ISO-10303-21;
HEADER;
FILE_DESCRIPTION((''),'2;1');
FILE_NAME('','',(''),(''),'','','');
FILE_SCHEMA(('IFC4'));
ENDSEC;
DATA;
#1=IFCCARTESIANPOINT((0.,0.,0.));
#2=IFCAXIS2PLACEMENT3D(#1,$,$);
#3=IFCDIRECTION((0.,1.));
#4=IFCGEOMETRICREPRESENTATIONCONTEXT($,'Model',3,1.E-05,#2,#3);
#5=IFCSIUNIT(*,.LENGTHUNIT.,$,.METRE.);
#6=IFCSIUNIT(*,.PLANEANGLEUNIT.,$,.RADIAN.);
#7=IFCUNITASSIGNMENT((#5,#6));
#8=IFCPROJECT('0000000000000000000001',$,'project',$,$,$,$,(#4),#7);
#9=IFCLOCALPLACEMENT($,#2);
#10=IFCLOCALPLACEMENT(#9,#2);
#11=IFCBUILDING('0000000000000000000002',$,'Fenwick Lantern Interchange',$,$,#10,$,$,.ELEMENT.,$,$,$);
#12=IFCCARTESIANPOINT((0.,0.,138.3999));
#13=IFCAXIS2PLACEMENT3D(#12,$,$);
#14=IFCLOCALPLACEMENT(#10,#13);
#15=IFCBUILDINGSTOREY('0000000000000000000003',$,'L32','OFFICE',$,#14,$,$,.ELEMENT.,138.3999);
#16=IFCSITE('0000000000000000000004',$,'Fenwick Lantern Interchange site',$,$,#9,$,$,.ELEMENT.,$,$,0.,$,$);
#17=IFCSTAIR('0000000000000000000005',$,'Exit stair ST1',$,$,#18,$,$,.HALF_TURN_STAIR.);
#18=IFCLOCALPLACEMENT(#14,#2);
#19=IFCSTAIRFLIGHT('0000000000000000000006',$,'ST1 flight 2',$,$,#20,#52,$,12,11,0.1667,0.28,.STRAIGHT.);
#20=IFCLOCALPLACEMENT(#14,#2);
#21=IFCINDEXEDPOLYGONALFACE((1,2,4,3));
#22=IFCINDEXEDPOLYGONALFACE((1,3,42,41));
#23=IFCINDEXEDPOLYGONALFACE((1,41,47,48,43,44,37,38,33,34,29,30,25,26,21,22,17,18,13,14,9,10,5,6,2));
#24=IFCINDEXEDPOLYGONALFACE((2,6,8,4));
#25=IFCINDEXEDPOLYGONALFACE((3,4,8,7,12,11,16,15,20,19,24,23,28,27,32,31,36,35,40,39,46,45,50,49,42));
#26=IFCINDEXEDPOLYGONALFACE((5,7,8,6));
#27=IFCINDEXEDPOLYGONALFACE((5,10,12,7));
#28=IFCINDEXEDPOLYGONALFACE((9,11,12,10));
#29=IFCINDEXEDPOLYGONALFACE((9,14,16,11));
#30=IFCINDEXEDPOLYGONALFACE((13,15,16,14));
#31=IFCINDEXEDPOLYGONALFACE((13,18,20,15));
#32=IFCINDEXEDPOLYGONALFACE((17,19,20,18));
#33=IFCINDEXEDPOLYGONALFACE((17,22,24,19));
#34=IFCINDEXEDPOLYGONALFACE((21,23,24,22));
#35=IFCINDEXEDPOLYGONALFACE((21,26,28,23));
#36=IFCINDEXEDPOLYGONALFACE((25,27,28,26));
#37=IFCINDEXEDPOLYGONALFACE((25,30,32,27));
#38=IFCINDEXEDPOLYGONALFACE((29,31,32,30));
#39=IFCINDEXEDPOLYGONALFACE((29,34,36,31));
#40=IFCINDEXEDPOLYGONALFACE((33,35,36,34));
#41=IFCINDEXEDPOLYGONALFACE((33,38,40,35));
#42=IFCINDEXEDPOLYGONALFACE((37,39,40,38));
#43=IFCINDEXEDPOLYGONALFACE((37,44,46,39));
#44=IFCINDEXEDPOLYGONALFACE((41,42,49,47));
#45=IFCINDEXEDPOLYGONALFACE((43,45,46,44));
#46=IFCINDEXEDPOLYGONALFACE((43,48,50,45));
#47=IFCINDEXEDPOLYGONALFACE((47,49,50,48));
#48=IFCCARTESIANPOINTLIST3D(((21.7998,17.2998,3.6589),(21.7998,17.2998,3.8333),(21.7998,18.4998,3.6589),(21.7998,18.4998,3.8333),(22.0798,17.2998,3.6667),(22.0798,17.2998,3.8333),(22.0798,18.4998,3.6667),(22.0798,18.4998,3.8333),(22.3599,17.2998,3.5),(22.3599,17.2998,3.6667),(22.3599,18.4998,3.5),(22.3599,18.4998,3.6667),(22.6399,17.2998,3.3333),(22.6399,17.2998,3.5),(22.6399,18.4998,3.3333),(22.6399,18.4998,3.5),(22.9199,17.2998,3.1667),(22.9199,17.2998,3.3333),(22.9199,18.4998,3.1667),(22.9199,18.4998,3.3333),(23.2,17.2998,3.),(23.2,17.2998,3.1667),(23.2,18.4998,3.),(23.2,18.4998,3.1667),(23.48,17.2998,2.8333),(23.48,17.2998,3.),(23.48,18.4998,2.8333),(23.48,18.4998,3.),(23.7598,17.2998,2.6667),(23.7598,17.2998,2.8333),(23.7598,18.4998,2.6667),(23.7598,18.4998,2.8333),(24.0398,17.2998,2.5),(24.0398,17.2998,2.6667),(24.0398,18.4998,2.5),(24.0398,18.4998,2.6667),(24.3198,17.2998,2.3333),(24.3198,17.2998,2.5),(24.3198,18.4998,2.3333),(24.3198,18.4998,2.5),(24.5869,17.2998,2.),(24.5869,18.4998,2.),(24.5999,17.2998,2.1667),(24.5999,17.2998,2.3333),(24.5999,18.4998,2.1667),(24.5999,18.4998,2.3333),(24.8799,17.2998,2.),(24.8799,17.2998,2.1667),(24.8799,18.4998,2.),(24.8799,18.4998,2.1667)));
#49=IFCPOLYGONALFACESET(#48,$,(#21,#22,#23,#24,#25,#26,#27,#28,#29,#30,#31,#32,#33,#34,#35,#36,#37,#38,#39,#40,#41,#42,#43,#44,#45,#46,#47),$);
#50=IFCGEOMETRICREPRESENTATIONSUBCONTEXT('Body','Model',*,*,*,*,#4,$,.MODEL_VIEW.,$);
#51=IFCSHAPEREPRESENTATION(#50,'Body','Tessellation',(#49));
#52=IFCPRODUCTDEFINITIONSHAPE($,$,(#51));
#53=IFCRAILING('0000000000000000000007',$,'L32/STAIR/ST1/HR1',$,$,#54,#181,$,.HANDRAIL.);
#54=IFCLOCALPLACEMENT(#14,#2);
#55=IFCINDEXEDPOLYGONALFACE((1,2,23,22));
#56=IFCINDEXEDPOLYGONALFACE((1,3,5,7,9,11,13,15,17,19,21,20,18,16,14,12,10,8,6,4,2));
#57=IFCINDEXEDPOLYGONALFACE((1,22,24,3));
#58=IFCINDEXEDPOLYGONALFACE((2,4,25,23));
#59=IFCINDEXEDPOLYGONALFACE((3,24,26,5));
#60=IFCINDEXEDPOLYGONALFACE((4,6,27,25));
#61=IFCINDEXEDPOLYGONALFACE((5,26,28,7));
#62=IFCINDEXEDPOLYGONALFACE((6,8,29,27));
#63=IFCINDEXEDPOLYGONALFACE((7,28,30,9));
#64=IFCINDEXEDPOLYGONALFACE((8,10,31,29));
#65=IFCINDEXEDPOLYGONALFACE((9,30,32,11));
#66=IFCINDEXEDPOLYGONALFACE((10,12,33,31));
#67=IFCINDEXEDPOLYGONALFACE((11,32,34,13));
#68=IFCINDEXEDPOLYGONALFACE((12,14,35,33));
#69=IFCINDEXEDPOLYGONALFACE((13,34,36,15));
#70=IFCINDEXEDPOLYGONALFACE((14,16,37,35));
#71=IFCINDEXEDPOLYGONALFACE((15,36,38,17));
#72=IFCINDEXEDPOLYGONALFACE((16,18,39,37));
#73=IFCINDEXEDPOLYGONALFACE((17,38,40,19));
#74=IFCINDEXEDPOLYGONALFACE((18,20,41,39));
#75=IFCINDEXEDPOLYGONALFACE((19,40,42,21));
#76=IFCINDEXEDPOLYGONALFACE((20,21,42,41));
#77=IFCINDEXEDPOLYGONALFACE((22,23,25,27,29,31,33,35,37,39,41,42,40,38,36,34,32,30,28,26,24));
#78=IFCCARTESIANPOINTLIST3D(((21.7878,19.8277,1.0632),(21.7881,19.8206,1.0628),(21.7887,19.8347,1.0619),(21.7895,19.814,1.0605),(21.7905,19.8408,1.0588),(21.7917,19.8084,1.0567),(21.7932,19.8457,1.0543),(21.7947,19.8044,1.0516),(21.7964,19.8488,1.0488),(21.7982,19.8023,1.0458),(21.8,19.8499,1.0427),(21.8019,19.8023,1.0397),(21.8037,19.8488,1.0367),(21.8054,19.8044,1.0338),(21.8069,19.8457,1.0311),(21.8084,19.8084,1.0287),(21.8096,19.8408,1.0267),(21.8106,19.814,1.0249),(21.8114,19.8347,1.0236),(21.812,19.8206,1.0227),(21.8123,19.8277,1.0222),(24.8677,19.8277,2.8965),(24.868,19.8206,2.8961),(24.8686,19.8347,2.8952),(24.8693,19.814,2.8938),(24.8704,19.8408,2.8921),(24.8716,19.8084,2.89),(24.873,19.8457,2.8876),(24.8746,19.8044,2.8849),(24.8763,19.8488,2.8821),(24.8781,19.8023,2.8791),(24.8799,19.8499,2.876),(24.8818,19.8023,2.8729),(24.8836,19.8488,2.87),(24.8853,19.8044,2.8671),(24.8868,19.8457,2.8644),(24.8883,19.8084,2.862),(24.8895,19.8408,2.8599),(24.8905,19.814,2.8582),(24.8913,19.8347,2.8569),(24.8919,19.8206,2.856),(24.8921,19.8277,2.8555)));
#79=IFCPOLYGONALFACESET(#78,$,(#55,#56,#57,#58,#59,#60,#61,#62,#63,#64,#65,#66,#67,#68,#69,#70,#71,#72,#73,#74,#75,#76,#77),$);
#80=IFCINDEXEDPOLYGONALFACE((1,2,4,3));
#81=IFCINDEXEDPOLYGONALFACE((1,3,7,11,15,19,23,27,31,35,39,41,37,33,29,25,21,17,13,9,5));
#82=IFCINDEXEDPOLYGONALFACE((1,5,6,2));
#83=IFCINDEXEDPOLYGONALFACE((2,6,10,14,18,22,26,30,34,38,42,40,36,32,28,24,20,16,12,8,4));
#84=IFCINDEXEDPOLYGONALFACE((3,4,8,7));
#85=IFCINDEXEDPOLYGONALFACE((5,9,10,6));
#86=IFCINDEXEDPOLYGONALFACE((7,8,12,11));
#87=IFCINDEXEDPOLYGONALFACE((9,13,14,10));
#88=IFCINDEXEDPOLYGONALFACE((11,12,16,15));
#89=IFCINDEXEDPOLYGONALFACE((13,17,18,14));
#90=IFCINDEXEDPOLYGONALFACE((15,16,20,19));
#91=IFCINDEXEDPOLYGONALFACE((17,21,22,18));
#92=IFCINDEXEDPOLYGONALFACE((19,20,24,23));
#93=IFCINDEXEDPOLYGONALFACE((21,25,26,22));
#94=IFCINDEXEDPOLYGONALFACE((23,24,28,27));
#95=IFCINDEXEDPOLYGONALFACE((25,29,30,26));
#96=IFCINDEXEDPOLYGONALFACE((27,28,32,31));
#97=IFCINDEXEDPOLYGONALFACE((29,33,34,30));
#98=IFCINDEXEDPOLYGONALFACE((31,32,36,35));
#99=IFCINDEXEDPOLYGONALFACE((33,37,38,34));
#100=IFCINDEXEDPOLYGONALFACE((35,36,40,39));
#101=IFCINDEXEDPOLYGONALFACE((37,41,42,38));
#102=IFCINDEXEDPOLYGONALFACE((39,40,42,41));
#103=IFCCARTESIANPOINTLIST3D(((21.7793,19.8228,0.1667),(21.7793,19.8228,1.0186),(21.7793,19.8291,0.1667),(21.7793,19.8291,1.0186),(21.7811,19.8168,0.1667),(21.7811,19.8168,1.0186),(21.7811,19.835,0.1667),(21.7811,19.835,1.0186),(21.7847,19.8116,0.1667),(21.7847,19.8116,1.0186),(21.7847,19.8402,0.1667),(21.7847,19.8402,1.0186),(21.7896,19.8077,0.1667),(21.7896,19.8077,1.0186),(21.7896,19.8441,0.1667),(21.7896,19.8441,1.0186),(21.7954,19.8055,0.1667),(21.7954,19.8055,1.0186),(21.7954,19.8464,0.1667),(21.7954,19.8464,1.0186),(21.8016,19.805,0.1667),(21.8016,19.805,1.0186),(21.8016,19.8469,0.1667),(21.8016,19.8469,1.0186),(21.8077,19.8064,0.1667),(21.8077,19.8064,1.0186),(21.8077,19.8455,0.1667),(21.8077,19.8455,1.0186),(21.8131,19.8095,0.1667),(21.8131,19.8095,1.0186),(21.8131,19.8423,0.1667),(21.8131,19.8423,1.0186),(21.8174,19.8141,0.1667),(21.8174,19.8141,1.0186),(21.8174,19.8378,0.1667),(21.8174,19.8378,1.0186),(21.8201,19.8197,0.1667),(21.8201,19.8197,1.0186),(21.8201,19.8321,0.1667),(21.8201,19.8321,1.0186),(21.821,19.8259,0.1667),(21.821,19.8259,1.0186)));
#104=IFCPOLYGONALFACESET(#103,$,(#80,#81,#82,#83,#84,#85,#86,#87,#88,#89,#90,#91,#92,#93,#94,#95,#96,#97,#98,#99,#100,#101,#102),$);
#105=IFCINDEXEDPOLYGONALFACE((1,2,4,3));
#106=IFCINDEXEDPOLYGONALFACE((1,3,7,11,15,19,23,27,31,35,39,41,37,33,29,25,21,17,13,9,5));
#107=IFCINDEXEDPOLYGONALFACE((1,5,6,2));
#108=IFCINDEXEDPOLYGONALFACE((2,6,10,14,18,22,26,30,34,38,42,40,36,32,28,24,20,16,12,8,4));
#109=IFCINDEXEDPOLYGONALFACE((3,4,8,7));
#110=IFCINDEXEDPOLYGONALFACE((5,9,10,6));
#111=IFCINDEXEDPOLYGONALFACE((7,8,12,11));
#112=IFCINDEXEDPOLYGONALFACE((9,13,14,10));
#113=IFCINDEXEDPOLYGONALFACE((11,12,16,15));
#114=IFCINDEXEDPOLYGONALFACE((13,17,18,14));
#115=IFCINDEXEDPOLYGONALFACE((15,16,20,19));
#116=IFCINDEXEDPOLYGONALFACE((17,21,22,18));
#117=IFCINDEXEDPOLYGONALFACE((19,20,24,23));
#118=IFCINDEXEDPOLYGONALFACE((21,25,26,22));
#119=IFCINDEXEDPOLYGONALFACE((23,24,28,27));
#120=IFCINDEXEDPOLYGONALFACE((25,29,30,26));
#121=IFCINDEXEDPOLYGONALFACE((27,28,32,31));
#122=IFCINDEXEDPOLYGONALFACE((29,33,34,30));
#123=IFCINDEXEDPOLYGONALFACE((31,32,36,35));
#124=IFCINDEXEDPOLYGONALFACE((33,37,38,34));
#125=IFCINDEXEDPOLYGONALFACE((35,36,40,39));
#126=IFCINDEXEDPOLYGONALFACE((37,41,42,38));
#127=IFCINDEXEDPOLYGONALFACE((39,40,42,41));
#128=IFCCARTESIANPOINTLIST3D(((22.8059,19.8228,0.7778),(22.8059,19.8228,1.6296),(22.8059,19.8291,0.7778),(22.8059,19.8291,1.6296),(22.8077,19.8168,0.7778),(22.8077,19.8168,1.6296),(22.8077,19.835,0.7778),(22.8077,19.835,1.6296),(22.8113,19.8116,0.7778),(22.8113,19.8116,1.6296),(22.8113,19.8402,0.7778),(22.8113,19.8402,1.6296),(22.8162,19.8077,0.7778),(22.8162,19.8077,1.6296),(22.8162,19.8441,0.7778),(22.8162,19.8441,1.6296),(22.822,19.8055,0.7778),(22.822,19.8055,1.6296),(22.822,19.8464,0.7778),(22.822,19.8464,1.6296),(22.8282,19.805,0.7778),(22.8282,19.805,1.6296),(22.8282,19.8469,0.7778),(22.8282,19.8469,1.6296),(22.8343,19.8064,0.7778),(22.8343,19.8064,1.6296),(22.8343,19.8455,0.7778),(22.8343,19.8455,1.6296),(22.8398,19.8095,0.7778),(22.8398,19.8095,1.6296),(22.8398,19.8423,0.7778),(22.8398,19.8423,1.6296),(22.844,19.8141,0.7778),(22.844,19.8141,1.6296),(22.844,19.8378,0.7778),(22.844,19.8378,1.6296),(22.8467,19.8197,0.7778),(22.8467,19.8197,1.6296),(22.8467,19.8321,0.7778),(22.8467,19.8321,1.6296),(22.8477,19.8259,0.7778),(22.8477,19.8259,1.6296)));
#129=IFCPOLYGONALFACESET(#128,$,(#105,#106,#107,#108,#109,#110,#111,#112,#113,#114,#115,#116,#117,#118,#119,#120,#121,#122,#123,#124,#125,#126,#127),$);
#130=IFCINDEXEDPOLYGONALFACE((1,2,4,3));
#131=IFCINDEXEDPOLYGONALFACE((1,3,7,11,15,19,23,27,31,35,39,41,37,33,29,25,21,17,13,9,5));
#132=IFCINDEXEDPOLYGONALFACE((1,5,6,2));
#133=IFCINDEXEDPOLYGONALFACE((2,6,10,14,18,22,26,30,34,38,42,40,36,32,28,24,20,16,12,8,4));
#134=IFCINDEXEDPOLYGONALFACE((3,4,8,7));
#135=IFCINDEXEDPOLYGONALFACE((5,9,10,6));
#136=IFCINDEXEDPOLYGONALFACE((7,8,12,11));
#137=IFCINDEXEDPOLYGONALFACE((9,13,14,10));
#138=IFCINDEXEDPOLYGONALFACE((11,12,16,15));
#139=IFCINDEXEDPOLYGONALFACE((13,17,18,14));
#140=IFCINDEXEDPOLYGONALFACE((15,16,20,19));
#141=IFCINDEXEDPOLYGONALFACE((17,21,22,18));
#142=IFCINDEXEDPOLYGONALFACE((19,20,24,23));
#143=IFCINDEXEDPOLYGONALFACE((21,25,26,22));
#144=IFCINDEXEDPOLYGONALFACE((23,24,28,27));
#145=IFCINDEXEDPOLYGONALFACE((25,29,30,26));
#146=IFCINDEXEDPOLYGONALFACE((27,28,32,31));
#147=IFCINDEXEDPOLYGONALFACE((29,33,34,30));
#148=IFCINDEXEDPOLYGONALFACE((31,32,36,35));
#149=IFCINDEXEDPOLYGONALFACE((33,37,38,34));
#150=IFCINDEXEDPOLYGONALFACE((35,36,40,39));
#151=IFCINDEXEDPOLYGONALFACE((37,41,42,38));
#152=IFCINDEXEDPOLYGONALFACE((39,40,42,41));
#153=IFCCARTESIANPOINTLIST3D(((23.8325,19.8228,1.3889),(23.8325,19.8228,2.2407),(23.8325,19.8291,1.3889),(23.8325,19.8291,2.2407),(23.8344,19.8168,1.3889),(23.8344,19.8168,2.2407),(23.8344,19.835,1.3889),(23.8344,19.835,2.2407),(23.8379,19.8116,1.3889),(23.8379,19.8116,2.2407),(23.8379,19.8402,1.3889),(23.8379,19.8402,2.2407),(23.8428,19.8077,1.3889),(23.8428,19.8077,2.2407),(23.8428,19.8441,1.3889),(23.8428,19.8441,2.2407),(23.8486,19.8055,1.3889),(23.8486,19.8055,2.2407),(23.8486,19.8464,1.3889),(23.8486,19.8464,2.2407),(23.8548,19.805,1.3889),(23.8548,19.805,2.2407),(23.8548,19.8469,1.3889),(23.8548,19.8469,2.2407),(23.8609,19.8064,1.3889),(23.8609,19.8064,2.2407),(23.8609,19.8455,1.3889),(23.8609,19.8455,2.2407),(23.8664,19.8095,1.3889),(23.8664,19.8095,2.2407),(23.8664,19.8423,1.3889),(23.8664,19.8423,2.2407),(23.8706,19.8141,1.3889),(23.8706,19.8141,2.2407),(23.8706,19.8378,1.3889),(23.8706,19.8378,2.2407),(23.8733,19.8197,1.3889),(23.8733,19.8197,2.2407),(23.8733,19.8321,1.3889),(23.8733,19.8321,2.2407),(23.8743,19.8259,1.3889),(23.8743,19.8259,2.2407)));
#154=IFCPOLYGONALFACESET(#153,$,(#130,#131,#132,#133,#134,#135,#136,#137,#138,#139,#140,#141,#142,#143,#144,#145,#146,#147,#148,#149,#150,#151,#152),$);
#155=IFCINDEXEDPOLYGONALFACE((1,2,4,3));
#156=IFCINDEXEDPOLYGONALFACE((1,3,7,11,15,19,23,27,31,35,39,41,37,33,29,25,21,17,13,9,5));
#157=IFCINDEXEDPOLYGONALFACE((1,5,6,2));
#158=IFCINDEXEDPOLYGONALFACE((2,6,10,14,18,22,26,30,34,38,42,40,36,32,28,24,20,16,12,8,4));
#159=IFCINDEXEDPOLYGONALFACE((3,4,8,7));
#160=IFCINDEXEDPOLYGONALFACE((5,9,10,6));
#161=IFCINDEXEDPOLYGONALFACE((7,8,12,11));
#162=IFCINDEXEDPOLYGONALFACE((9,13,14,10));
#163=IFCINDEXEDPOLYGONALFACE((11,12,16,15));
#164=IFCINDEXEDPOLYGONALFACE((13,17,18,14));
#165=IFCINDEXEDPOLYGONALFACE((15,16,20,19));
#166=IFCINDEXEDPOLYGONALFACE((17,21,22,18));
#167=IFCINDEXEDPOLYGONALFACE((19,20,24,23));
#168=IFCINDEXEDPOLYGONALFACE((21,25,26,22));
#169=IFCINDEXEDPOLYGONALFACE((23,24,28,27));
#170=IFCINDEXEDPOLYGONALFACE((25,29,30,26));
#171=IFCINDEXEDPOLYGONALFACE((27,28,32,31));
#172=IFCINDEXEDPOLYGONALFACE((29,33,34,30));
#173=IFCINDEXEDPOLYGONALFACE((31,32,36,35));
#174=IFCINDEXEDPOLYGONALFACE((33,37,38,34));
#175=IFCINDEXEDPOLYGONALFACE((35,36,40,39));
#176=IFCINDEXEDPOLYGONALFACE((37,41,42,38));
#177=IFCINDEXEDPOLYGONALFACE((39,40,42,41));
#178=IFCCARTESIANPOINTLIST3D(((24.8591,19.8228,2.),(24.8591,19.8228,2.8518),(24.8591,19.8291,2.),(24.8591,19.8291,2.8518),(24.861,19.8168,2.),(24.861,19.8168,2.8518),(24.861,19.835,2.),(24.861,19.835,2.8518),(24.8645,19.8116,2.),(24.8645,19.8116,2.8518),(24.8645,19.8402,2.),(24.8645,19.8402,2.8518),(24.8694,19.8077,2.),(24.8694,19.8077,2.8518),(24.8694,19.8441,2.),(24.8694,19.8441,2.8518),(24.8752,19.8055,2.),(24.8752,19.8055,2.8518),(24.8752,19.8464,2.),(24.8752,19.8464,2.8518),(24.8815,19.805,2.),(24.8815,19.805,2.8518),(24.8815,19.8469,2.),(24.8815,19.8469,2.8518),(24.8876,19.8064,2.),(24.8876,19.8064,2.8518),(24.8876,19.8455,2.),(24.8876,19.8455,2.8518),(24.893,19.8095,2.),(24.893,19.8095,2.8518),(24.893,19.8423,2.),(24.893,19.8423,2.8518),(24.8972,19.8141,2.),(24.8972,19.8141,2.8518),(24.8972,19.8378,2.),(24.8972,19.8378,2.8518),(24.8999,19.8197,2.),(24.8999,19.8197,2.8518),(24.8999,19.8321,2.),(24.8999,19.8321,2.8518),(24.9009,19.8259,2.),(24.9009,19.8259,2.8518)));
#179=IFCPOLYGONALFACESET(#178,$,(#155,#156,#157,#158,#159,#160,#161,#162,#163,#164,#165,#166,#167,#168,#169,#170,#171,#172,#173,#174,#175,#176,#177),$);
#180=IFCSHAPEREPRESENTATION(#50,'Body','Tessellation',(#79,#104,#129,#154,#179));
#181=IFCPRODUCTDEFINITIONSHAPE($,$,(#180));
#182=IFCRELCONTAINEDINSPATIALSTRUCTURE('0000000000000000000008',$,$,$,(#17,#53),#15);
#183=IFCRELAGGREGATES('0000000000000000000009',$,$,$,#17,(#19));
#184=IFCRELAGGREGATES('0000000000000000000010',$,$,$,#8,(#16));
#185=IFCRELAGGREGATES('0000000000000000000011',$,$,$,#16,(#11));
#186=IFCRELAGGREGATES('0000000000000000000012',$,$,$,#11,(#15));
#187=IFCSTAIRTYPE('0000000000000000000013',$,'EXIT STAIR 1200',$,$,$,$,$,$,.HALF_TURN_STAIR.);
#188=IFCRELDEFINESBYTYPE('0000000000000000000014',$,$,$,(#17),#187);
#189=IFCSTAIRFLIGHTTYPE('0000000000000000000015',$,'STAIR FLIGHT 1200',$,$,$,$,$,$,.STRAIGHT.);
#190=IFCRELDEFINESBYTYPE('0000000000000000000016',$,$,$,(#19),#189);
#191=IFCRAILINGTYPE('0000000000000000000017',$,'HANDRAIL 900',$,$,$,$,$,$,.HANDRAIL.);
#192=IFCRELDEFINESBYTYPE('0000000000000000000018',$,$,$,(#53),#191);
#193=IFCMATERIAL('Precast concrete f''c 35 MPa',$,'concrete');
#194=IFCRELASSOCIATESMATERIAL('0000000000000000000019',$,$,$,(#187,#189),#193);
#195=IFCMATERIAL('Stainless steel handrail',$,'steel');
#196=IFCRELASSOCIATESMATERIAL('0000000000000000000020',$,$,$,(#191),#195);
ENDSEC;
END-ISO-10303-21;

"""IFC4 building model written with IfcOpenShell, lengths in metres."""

from ifc_helpers import new_model, si_unit, direction, frame, origin, origin_2d, place, context, subcontext, project, spatial, polyline, circle, outline, extrude, material, type_object, element, aggregate, save


model = new_model("IFC4")

# Units and contexts
model_context = context("Model", 3, precision=1e-05, world=origin(), true_north=direction((0.0, 1.0)))
body_context = subcontext(model_context, "Body", "Model", "MODEL_VIEW")
ifc_project = project(units=[si_unit("LENGTHUNIT", "METRE"), si_unit("PLANEANGLEUNIT", "RADIAN")], contexts=[model_context])

# Site, building, storey
site_placement = place(None, origin())
site = spatial("IfcSite", under=ifc_project, at=site_placement, Name="Fenwick Lantern Interchange site", CompositionType="ELEMENT", RefElevation=0.0)
building_placement = place(site_placement, origin())
building = spatial("IfcBuilding", under=site, at=building_placement, Name="Fenwick Lantern Interchange", CompositionType="ELEMENT")
storey_placement = place(building_placement, frame((0.0, 0.0, 138.3999)))
storey = spatial("IfcBuildingStorey", under=building, at=storey_placement, Name="L32", Description="OFFICE", CompositionType="ELEMENT", Elevation=138.3999)

# Stair, stair flight
ifc_material_1 = material(Name="Precast concrete f'c 35 MPa", Category="concrete")
stair_type = type_object("IfcStairType", Name="EXIT STAIR 1200", PredefinedType="HALF_TURN_STAIR", material=ifc_material_1)
stair_placement = place(storey_placement, origin())
stair = element("IfcStair", 1, at=stair_placement, inside=storey, type_object=stair_type, Name="Exit stair ST1", PredefinedType="HALF_TURN_STAIR")
stair_flight_type = type_object("IfcStairFlightType", Name="STAIR FLIGHT 1200", PredefinedType="STRAIGHT", material=ifc_material_1)
stair_flight_1_placement = place(storey_placement, frame((24.8799, 17.8999, 2.0), z_axis=(0.0, 0.0, 1.0), x_axis=(-1.0, 0.0, 0.0)))
stair_flight_1 = element("IfcStairFlight", 2, at=stair_flight_1_placement, type_object=stair_flight_type, Name="ST1 flight 2", NumberOfRisers=12, NumberOfTreads=11, PredefinedType="STRAIGHT", RiserHeight=0.1667, TreadLength=0.28, context=body_context, shape_type="SweptSolid", body=[
    extrude(outline(polyline([(0.0, 0.0), (0.0, 0.1667), (0.28, 0.1667), (0.28, 0.3333), (0.5601, 0.3333), (0.5601, 0.5), (0.8401, 0.5), (0.8401, 0.6667), (1.1201, 0.6667), (1.1201, 0.8333), (1.3999, 0.8333), (1.3999, 1.0), (1.6799, 1.0), (1.6799, 1.1667), (1.96, 1.1667), (1.96, 1.3333), (2.24, 1.3333), (2.24, 1.5), (2.52, 1.5), (2.52, 1.6667), (2.8, 1.6667), (2.8, 1.8333), (3.0801, 1.8333), (3.0801, 2.0), (3.0801, 1.6589), (0.293, 0.0), (0.0, 0.0)])), frame((0.0, 0.6001, 0.0), z_axis=(0.0, -1.0, 0.0), x_axis=(1.0, 0.0, 0.0)), (0.0, 0.0, 1.0), 1.2),
])
aggregate(stair, [stair_flight_1])

# Railing
ifc_material_2 = material(Name="Stainless steel handrail", Category="steel")
railing_type = type_object("IfcRailingType", Name="HANDRAIL 900", PredefinedType="HANDRAIL", material=ifc_material_2)
railing_1_placement = place(storey_placement, frame((21.8, 19.8259, 0.1667)))
element("IfcRailing", 3, at=railing_1_placement, inside=storey, type_object=railing_type, Name="L32/STAIR/ST1/HR1", PredefinedType="HANDRAIL", context=body_context, shape_type="SweptSolid", body=[
    extrude(circle(Radius=0.0239, at=origin_2d()), frame((0.0, 0.0, 0.876), z_axis=(0.859291, 0.0, 0.511487), x_axis=(0.0, 1.0, 0.0)), (0.0, 0.0, 1.0), 3.5842),
    extrude(circle(Radius=0.021, at=origin_2d()), origin(), (0.0, 0.0, 1.0), 0.8518),
    extrude(circle(Radius=0.021, at=origin_2d()), frame((1.0266, 0.0, 0.6111)), (0.0, 0.0, 1.0), 0.8518),
    extrude(circle(Radius=0.021, at=origin_2d()), frame((2.0532, 0.0, 1.2222)), (0.0, 0.0, 1.0), 0.8518),
    extrude(circle(Radius=0.021, at=origin_2d()), frame((3.0798, 0.0, 1.8333)), (0.0, 0.0, 1.0), 0.8518),
])

save(model, "model.ifc")
